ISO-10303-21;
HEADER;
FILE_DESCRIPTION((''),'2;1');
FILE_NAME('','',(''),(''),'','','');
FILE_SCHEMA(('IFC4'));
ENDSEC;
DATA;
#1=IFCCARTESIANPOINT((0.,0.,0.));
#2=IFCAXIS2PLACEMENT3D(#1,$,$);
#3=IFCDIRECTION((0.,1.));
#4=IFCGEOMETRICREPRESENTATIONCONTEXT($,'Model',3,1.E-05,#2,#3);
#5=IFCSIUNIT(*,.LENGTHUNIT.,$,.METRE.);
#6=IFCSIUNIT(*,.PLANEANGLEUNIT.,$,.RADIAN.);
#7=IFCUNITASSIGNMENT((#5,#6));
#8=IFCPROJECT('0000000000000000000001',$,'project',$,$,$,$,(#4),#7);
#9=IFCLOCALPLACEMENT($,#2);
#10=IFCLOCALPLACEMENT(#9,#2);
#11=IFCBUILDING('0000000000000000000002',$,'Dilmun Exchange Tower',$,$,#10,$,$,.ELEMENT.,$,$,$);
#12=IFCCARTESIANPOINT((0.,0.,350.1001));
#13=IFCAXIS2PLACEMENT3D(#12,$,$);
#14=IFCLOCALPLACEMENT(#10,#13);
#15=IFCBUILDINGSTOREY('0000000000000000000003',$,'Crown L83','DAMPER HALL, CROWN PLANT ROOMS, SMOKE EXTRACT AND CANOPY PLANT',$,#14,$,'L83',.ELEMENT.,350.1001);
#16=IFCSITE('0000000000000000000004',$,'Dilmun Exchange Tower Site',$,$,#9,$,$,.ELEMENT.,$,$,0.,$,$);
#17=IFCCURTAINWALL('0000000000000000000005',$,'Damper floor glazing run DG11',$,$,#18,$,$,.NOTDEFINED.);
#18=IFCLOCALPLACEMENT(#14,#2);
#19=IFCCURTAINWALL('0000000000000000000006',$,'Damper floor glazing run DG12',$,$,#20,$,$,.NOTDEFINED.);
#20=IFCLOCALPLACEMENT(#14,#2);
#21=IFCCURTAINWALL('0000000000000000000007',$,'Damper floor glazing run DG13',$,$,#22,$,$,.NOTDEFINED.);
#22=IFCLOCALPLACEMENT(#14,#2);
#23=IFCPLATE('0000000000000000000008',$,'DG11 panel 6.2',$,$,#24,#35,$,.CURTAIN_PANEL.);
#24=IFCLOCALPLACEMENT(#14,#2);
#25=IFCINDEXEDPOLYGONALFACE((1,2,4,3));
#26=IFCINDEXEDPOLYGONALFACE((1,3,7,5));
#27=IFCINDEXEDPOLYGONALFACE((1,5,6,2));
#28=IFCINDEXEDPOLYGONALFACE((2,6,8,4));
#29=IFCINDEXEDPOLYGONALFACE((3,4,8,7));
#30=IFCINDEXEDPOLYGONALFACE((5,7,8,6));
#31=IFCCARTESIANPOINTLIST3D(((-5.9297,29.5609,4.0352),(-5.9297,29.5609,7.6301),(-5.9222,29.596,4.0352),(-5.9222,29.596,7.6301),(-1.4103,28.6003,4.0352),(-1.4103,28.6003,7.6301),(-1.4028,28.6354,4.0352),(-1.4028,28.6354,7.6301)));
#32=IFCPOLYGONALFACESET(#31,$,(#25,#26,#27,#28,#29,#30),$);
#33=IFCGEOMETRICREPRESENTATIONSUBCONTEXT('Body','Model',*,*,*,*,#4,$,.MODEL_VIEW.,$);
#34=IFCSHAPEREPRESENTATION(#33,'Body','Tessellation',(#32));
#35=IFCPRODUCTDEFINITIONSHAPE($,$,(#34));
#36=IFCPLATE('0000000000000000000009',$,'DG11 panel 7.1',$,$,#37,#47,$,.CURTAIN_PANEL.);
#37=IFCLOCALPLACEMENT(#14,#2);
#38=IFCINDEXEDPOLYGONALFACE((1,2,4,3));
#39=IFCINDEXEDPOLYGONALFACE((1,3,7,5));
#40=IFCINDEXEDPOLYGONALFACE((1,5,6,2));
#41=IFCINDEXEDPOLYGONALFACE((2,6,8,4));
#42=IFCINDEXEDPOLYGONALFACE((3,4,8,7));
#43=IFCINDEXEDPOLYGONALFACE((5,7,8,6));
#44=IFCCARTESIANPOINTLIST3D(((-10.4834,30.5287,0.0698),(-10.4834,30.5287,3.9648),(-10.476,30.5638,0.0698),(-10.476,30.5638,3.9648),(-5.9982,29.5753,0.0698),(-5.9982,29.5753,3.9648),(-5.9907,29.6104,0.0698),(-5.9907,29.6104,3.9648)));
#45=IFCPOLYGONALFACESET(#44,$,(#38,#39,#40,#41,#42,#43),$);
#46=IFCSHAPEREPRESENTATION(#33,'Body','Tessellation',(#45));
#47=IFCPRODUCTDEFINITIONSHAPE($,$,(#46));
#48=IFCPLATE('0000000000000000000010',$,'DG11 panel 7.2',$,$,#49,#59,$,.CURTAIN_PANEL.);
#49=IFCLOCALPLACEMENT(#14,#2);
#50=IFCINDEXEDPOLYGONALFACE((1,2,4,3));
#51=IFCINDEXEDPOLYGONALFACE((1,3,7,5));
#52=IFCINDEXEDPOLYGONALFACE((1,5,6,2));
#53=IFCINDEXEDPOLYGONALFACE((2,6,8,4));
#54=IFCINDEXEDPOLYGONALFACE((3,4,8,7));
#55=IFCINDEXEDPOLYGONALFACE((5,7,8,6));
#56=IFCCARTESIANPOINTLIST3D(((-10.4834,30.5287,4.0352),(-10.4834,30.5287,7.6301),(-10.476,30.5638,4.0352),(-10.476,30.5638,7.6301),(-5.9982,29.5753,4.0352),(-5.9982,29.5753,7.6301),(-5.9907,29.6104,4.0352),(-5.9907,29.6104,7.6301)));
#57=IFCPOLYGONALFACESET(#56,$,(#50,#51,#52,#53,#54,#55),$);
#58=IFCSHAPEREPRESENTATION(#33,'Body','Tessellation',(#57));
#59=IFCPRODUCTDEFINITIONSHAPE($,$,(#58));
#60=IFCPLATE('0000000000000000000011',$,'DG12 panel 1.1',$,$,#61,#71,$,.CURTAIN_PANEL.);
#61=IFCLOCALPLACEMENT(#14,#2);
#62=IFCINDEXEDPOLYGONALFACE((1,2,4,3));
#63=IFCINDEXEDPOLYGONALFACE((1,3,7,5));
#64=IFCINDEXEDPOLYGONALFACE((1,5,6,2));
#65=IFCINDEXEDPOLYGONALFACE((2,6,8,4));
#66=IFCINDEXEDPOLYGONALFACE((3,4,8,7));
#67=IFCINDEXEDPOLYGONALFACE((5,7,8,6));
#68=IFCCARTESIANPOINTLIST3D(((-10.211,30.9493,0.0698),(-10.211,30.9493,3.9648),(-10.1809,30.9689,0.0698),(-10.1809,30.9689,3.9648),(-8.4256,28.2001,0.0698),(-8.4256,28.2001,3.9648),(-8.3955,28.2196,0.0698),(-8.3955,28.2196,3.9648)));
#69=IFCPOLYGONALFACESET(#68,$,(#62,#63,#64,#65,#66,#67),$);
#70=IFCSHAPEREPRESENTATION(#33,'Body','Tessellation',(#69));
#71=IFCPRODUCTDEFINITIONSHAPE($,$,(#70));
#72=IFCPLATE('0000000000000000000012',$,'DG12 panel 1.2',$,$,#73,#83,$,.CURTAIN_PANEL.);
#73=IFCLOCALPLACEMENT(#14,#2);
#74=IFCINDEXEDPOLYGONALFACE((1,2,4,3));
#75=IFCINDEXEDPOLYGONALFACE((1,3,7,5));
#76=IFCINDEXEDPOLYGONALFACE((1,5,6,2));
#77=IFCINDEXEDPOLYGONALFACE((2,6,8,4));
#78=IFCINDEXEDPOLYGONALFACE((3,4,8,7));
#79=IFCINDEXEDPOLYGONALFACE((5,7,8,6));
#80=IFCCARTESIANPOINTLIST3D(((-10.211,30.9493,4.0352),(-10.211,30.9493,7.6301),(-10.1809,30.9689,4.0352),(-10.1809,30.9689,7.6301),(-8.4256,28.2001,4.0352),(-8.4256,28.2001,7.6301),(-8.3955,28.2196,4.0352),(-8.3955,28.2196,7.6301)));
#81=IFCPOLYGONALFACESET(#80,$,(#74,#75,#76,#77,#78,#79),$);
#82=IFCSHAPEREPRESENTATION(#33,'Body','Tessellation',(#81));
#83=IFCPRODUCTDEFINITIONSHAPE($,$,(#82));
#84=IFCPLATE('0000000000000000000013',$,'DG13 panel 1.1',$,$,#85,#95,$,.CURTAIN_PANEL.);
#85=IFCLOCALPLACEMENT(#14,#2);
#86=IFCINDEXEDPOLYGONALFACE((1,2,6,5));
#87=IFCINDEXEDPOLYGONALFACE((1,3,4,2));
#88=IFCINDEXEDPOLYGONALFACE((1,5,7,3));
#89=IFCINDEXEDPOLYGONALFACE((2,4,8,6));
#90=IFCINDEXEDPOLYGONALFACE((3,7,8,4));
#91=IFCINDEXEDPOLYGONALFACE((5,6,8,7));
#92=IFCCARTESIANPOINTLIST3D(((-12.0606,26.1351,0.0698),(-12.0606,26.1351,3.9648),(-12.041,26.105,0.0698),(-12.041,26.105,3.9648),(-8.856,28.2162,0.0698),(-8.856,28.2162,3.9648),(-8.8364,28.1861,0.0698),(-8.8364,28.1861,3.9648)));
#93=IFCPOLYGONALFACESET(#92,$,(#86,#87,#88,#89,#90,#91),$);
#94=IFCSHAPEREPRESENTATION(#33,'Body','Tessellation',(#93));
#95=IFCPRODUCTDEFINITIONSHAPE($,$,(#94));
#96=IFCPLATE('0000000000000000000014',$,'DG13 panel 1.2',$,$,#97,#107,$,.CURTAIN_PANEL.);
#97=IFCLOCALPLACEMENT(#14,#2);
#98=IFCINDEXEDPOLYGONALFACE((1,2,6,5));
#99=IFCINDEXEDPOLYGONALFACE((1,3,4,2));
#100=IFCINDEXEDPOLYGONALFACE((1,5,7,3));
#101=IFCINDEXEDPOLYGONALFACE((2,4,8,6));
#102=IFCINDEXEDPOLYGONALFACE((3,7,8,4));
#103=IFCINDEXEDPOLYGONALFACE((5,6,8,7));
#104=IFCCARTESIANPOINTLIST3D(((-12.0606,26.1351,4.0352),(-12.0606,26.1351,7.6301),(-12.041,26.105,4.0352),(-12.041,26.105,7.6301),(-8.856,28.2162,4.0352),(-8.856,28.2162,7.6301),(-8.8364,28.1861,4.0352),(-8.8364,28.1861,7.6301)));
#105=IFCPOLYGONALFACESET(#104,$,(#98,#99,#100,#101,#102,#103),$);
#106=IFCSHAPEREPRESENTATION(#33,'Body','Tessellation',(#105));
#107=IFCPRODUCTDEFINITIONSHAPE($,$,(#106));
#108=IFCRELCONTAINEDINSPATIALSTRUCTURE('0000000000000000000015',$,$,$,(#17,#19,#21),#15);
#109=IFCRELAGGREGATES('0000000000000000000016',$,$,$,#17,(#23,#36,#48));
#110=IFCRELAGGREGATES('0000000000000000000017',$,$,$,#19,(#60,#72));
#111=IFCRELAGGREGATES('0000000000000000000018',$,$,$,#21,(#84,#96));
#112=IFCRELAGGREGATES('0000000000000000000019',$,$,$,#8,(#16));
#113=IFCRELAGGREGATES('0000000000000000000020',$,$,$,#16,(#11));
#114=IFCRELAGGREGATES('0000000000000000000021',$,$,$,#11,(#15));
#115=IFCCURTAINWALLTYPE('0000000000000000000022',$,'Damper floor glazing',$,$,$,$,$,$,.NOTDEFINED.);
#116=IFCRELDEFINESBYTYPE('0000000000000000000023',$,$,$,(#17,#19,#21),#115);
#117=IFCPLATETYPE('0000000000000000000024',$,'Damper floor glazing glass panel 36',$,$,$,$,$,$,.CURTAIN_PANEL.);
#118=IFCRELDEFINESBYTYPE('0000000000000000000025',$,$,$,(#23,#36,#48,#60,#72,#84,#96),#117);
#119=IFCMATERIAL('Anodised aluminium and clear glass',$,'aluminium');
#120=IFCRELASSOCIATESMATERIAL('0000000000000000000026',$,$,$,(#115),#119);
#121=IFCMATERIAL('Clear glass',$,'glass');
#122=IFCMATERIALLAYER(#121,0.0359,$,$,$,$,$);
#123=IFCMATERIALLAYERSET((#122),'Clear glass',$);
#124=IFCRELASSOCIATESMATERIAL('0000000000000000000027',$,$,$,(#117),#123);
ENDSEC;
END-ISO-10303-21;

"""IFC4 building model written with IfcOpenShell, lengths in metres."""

from ifc_helpers import new_model, si_unit, direction, frame, origin, origin_2d, place, context, subcontext, project, spatial, rectangle, extrude, material, layer, layer_set, type_object, element, aggregate, save


model = new_model("IFC4")

# Units and contexts
model_context = context("Model", 3, precision=1e-05, world=origin(), true_north=direction((0.0, 1.0)))
body_context = subcontext(model_context, "Body", "Model", "MODEL_VIEW")
ifc_project = project(units=[si_unit("LENGTHUNIT", "METRE"), si_unit("PLANEANGLEUNIT", "RADIAN")], contexts=[model_context])

# Site, building, storey
site_placement = place(None, origin())
site = spatial("IfcSite", under=ifc_project, at=site_placement, Name="Dilmun Exchange Tower Site", CompositionType="ELEMENT", RefElevation=0.0)
building_placement = place(site_placement, origin())
building = spatial("IfcBuilding", under=site, at=building_placement, Name="Dilmun Exchange Tower", CompositionType="ELEMENT")
storey_placement = place(building_placement, frame((0.0, 0.0, 350.1001)))
storey = spatial("IfcBuildingStorey", under=building, at=storey_placement, Name="Crown L83", Description="DAMPER HALL, CROWN PLANT ROOMS, SMOKE EXTRACT AND CANOPY PLANT", LongName="L83", CompositionType="ELEMENT", Elevation=350.1001)

# Curtain walls
ifc_material_1 = material(Name="Anodised aluminium and clear glass", Category="aluminium")
curtain_wall_type = type_object("IfcCurtainWallType", Name="Damper floor glazing", PredefinedType="NOTDEFINED", material=ifc_material_1)
curtain_wall_1_placement = place(storey_placement, origin())
curtain_wall_1 = element("IfcCurtainWall", 1, at=curtain_wall_1_placement, inside=storey, type_object=curtain_wall_type, Name="Damper floor glazing run DG11", PredefinedType="NOTDEFINED")
curtain_wall_2_placement = place(storey_placement, origin())
curtain_wall_2 = element("IfcCurtainWall", 2, at=curtain_wall_2_placement, inside=storey, type_object=curtain_wall_type, Name="Damper floor glazing run DG12", PredefinedType="NOTDEFINED")
curtain_wall_3_placement = place(storey_placement, origin())
curtain_wall_3 = element("IfcCurtainWall", 3, at=curtain_wall_3_placement, inside=storey, type_object=curtain_wall_type, Name="Damper floor glazing run DG13", PredefinedType="NOTDEFINED")

# Plates
ifc_material_2 = material(Name="Clear glass", Category="glass")
ifc_layer = layer(ifc_material_2, 0.0359)
ifc_layer_set = layer_set([ifc_layer], Name="Clear glass")
plate_type = type_object("IfcPlateType", Name="Damper floor glazing glass panel 36", PredefinedType="CURTAIN_PANEL", material=ifc_layer_set)
plate_1_placement = place(storey_placement, frame((-3.6663, 29.0981, 4.0352), z_axis=(0.0, 0.0, 1.0), x_axis=(-0.978148, 0.207911, 0.0)))
plate_1 = element("IfcPlate", 4, at=plate_1_placement, type_object=plate_type, Name="DG11 panel 6.2", PredefinedType="CURTAIN_PANEL", context=body_context, shape_type="SweptSolid", body=[
    extrude(rectangle(XDim=4.6204, YDim=0.0359, at=origin_2d()), origin(), (0.0, 0.0, 1.0), 3.595),
])
plate_2_placement = place(storey_placement, frame((-8.2371, 30.0696, 0.0698), z_axis=(0.0, 0.0, 1.0), x_axis=(-0.978148, 0.207911, 0.0)))
plate_2 = element("IfcPlate", 5, at=plate_2_placement, type_object=plate_type, Name="DG11 panel 7.1", PredefinedType="CURTAIN_PANEL", context=body_context, shape_type="SweptSolid", body=[
    extrude(rectangle(XDim=4.5854, YDim=0.0359, at=origin_2d()), origin(), (0.0, 0.0, 1.0), 3.895),
])
plate_3_placement = place(storey_placement, frame((-8.2371, 30.0696, 4.0352), z_axis=(0.0, 0.0, 1.0), x_axis=(-0.978148, 0.207911, 0.0)))
plate_3 = element("IfcPlate", 6, at=plate_3_placement, type_object=plate_type, Name="DG11 panel 7.2", PredefinedType="CURTAIN_PANEL", context=body_context, shape_type="SweptSolid", body=[
    extrude(rectangle(XDim=4.5854, YDim=0.0359, at=origin_2d()), origin(), (0.0, 0.0, 1.0), 3.595),
])
aggregate(curtain_wall_1, [plate_1, plate_2, plate_3])
plate_4_placement = place(storey_placement, frame((-9.3032, 29.5845, 0.0698), z_axis=(0.0, 0.0, 1.0), x_axis=(0.544641, -0.838669, 0.0)))
plate_4 = element("IfcPlate", 7, at=plate_4_placement, type_object=plate_type, Name="DG12 panel 1.1", PredefinedType="CURTAIN_PANEL", context=body_context, shape_type="SweptSolid", body=[
    extrude(rectangle(XDim=3.2781, YDim=0.0359, at=origin_2d()), origin(), (0.0, 0.0, 1.0), 3.895),
])
plate_5_placement = place(storey_placement, frame((-9.3032, 29.5845, 4.0352), z_axis=(0.0, 0.0, 1.0), x_axis=(0.544641, -0.838669, 0.0)))
plate_5 = element("IfcPlate", 8, at=plate_5_placement, type_object=plate_type, Name="DG12 panel 1.2", PredefinedType="CURTAIN_PANEL", context=body_context, shape_type="SweptSolid", body=[
    extrude(rectangle(XDim=3.2781, YDim=0.0359, at=origin_2d()), origin(), (0.0, 0.0, 1.0), 3.595),
])
aggregate(curtain_wall_2, [plate_4, plate_5])
plate_6_placement = place(storey_placement, frame((-10.4485, 27.1606, 0.0698), z_axis=(0.0, 0.0, 1.0), x_axis=(-0.838669, -0.544642, 0.0)))
plate_6 = element("IfcPlate", 9, at=plate_6_placement, type_object=plate_type, Name="DG13 panel 1.1", PredefinedType="CURTAIN_PANEL", context=body_context, shape_type="SweptSolid", body=[
    extrude(rectangle(XDim=3.821, YDim=0.0359, at=origin_2d()), origin(), (0.0, 0.0, 1.0), 3.895),
])
plate_7_placement = place(storey_placement, frame((-10.4485, 27.1606, 4.0352), z_axis=(0.0, 0.0, 1.0), x_axis=(-0.838669, -0.544642, 0.0)))
plate_7 = element("IfcPlate", 10, at=plate_7_placement, type_object=plate_type, Name="DG13 panel 1.2", PredefinedType="CURTAIN_PANEL", context=body_context, shape_type="SweptSolid", body=[
    extrude(rectangle(XDim=3.821, YDim=0.0359, at=origin_2d()), origin(), (0.0, 0.0, 1.0), 3.595),
])
aggregate(curtain_wall_3, [plate_6, plate_7])

save(model, "model.ifc")
